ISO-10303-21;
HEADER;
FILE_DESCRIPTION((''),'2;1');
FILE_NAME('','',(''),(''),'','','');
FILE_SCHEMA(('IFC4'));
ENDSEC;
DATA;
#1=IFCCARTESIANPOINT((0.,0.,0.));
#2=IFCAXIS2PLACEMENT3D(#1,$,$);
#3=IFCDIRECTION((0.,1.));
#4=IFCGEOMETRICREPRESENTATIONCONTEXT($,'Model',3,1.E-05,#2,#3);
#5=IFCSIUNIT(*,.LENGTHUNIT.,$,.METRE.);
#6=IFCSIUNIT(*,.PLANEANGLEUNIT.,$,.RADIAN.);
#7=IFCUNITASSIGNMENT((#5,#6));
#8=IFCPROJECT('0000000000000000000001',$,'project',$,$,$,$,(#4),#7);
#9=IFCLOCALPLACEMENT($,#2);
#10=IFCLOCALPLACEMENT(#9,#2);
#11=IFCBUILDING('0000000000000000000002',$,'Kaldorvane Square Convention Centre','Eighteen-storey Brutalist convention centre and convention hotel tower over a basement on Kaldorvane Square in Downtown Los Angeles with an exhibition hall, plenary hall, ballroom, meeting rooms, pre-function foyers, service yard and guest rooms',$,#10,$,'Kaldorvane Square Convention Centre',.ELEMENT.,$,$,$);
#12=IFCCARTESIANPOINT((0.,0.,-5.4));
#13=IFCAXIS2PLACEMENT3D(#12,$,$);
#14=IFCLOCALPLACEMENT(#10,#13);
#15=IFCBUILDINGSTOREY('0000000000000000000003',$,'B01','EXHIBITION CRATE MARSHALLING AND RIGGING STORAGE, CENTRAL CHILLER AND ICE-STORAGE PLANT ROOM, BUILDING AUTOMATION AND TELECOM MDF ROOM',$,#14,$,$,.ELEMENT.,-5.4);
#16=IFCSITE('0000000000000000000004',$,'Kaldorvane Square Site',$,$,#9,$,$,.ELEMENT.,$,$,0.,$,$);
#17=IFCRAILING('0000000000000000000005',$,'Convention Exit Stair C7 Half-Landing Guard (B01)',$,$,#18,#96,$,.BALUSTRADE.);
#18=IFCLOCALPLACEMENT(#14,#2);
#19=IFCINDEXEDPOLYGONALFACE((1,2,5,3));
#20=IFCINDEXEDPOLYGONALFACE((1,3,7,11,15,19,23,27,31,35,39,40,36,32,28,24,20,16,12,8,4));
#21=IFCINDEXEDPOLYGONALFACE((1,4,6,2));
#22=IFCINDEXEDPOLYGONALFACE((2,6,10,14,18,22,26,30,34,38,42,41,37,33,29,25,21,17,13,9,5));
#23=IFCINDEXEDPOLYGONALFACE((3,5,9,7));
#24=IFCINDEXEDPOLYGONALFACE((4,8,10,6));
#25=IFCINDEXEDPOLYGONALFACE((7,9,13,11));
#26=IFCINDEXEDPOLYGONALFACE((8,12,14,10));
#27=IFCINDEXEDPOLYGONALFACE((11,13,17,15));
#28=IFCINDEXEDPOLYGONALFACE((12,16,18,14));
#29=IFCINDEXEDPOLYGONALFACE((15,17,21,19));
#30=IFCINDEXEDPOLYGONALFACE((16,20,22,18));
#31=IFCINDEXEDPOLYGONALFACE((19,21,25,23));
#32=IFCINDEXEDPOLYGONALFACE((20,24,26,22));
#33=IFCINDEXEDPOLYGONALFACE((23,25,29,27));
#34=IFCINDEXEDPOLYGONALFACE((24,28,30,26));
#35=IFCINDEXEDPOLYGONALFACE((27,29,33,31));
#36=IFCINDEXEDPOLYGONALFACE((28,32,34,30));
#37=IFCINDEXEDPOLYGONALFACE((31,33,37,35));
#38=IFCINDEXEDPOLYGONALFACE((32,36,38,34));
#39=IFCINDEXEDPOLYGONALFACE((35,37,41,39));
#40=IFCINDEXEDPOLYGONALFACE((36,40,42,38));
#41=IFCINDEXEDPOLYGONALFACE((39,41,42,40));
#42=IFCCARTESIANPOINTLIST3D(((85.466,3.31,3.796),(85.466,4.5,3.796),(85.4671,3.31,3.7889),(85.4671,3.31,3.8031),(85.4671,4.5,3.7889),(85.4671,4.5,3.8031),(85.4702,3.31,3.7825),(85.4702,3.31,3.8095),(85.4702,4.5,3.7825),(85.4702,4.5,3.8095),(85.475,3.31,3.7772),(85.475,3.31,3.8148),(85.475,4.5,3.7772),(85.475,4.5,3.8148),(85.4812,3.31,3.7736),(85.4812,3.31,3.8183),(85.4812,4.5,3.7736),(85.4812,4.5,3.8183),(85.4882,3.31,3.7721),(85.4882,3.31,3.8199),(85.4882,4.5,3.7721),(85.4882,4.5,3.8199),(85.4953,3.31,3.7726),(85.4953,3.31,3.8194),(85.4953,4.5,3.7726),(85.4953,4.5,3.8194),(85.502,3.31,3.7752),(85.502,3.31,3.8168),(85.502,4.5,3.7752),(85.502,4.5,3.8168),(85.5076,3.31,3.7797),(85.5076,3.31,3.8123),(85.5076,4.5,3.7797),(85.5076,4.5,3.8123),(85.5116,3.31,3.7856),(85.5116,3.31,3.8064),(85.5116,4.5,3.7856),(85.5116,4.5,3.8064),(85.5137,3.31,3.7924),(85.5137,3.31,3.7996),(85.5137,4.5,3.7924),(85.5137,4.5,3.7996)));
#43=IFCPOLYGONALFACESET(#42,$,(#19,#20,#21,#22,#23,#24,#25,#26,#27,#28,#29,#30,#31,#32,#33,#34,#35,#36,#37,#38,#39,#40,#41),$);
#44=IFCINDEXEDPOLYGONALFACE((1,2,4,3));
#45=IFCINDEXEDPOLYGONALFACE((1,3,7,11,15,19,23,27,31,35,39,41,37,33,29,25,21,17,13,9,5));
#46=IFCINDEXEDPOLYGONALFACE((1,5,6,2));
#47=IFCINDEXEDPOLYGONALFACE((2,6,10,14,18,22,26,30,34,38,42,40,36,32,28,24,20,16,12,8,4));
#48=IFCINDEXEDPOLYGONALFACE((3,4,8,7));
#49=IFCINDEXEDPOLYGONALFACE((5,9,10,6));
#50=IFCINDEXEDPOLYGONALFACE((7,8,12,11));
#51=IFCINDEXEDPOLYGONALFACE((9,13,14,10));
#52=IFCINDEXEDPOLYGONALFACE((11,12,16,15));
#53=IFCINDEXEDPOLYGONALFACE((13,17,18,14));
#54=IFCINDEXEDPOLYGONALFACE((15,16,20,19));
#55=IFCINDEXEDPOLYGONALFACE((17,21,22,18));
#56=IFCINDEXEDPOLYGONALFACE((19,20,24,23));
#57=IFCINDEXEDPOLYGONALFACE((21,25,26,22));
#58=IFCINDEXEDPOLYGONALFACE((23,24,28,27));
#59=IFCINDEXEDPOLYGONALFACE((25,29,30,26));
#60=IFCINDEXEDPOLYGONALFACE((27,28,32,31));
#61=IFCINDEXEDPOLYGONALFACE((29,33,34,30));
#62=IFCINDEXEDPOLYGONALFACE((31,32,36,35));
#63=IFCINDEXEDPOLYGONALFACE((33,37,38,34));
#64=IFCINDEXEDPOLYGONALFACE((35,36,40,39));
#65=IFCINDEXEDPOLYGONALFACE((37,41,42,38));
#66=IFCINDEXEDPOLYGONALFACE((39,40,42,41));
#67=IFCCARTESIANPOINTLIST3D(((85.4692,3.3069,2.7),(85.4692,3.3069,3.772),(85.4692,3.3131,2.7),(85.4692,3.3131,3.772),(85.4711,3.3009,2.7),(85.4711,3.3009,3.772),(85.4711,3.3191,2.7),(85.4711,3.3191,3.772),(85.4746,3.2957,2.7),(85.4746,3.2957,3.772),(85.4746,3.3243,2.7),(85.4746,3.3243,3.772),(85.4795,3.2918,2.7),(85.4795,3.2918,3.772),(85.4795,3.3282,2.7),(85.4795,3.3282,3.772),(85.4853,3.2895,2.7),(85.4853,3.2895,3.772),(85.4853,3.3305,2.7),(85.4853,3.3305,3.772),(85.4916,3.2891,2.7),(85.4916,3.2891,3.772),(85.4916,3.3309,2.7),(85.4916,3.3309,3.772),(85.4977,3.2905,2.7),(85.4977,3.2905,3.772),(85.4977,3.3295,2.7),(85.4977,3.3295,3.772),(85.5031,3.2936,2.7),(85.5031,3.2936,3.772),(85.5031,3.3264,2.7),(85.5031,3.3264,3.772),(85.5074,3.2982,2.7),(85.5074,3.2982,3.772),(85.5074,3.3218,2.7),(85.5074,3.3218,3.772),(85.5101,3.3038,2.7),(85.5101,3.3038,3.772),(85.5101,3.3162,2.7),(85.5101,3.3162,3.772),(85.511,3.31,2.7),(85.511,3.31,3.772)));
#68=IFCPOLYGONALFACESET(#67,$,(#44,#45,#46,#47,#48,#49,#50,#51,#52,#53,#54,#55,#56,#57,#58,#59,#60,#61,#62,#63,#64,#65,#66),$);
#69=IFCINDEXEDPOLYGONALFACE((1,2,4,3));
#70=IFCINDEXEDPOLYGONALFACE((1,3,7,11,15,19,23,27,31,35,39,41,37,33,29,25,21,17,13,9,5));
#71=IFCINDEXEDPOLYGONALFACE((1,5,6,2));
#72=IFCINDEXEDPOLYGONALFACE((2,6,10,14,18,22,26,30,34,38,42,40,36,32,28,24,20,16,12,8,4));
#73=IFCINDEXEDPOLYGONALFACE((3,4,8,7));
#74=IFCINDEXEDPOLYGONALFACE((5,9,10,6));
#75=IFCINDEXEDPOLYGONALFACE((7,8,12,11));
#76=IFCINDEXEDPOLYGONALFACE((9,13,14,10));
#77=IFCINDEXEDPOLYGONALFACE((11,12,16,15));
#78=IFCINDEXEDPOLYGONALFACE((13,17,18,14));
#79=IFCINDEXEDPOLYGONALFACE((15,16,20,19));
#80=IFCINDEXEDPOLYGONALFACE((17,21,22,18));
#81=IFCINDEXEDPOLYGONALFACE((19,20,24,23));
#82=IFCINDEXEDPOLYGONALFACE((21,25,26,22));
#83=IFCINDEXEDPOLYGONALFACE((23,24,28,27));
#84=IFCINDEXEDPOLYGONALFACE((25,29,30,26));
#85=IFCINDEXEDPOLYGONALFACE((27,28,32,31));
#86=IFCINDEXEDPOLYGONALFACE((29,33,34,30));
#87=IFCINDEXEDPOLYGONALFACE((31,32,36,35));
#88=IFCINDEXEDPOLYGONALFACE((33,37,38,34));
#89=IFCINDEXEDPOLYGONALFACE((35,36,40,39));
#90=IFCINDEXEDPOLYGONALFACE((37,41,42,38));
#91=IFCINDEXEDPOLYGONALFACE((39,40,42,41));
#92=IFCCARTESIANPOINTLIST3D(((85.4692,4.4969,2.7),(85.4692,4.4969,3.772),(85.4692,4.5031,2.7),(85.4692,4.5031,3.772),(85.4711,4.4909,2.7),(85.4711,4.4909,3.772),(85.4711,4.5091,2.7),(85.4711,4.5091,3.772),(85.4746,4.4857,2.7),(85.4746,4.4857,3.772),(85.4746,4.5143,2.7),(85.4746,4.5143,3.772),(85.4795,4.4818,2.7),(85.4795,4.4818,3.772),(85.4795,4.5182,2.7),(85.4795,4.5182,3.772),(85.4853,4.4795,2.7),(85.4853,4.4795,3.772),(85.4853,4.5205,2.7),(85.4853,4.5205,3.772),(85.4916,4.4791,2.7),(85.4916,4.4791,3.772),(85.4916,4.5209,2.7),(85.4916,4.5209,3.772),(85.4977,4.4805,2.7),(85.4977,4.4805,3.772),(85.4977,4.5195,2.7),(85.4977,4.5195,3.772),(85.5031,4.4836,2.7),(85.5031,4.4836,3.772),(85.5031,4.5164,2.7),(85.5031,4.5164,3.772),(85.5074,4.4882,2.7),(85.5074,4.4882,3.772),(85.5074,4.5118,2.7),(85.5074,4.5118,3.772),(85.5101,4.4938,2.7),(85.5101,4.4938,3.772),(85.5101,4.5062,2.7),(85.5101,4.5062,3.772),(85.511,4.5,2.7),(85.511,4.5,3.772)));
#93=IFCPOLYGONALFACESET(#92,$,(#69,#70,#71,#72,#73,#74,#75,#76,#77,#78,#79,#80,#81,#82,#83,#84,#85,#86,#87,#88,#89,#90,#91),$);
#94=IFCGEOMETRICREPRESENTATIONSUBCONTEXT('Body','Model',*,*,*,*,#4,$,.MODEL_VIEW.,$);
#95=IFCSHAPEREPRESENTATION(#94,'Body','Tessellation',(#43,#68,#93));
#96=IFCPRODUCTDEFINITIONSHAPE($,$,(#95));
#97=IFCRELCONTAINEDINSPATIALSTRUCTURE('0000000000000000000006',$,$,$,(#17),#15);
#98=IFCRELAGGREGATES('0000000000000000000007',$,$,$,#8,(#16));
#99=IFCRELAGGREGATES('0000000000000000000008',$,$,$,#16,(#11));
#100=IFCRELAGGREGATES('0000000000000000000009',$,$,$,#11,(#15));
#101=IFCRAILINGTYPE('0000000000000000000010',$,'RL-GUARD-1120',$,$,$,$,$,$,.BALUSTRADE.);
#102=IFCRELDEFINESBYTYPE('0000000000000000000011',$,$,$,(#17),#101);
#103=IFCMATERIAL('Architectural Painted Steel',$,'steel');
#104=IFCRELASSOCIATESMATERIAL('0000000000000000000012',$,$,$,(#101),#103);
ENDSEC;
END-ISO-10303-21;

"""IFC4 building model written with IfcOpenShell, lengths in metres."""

from ifc_helpers import new_model, si_unit, direction, frame, origin, origin_2d, place, context, subcontext, project, spatial, circle, extrude, material, type_object, element, save


model = new_model("IFC4")

# Units and contexts
model_context = context("Model", 3, precision=1e-05, world=origin(), true_north=direction((0.0, 1.0)))
body_context = subcontext(model_context, "Body", "Model", "MODEL_VIEW")
ifc_project = project(units=[si_unit("LENGTHUNIT", "METRE"), si_unit("PLANEANGLEUNIT", "RADIAN")], contexts=[model_context])

# Site, building, storey
site_placement = place(None, origin())
site = spatial("IfcSite", under=ifc_project, at=site_placement, Name="Kaldorvane Square Site", CompositionType="ELEMENT", RefElevation=0.0)
building_placement = place(site_placement, origin())
building = spatial("IfcBuilding", under=site, at=building_placement, Name="Kaldorvane Square Convention Centre", Description="Eighteen-storey Brutalist convention centre and convention hotel tower over a basement on Kaldorvane Square in Downtown Los Angeles with an exhibition hall, plenary hall, ballroom, meeting rooms, pre-function foyers, service yard and guest rooms", LongName="Kaldorvane Square Convention Centre", CompositionType="ELEMENT")
storey_placement = place(building_placement, frame((0.0, 0.0, -5.4)))
storey = spatial("IfcBuildingStorey", under=building, at=storey_placement, Name="B01", Description="EXHIBITION CRATE MARSHALLING AND RIGGING STORAGE, CENTRAL CHILLER AND ICE-STORAGE PLANT ROOM, BUILDING AUTOMATION AND TELECOM MDF ROOM", CompositionType="ELEMENT", Elevation=-5.4)

# Railing
ifc_material_1 = material(Name="Architectural Painted Steel", Category="steel")
railing_type_1 = type_object("IfcRailingType", Name="RL-GUARD-1120", PredefinedType="BALUSTRADE", material=ifc_material_1)
railing_1_placement = place(storey_placement, frame((85.49, 3.31, 2.7)))
element("IfcRailing", 1, at=railing_1_placement, inside=storey, type_object=railing_type_1, Name="Convention Exit Stair C7 Half-Landing Guard (B01)", PredefinedType="BALUSTRADE", context=body_context, shape_type="SweptSolid", body=[
    extrude(circle(Radius=0.024, at=origin_2d()), frame((0.0, 0.0, 1.096), z_axis=(0.0, 1.0, 0.0), x_axis=(-1.0, 0.0, 0.0)), (0.0, 0.0, 1.0), 1.19),
    extrude(circle(Radius=0.021, at=origin_2d()), origin(), (0.0, 0.0, 1.0), 1.072),
    extrude(circle(Radius=0.021, at=origin_2d()), frame((0.0, 1.19, 0.0)), (0.0, 0.0, 1.0), 1.072),
])

save(model, "model.ifc")
